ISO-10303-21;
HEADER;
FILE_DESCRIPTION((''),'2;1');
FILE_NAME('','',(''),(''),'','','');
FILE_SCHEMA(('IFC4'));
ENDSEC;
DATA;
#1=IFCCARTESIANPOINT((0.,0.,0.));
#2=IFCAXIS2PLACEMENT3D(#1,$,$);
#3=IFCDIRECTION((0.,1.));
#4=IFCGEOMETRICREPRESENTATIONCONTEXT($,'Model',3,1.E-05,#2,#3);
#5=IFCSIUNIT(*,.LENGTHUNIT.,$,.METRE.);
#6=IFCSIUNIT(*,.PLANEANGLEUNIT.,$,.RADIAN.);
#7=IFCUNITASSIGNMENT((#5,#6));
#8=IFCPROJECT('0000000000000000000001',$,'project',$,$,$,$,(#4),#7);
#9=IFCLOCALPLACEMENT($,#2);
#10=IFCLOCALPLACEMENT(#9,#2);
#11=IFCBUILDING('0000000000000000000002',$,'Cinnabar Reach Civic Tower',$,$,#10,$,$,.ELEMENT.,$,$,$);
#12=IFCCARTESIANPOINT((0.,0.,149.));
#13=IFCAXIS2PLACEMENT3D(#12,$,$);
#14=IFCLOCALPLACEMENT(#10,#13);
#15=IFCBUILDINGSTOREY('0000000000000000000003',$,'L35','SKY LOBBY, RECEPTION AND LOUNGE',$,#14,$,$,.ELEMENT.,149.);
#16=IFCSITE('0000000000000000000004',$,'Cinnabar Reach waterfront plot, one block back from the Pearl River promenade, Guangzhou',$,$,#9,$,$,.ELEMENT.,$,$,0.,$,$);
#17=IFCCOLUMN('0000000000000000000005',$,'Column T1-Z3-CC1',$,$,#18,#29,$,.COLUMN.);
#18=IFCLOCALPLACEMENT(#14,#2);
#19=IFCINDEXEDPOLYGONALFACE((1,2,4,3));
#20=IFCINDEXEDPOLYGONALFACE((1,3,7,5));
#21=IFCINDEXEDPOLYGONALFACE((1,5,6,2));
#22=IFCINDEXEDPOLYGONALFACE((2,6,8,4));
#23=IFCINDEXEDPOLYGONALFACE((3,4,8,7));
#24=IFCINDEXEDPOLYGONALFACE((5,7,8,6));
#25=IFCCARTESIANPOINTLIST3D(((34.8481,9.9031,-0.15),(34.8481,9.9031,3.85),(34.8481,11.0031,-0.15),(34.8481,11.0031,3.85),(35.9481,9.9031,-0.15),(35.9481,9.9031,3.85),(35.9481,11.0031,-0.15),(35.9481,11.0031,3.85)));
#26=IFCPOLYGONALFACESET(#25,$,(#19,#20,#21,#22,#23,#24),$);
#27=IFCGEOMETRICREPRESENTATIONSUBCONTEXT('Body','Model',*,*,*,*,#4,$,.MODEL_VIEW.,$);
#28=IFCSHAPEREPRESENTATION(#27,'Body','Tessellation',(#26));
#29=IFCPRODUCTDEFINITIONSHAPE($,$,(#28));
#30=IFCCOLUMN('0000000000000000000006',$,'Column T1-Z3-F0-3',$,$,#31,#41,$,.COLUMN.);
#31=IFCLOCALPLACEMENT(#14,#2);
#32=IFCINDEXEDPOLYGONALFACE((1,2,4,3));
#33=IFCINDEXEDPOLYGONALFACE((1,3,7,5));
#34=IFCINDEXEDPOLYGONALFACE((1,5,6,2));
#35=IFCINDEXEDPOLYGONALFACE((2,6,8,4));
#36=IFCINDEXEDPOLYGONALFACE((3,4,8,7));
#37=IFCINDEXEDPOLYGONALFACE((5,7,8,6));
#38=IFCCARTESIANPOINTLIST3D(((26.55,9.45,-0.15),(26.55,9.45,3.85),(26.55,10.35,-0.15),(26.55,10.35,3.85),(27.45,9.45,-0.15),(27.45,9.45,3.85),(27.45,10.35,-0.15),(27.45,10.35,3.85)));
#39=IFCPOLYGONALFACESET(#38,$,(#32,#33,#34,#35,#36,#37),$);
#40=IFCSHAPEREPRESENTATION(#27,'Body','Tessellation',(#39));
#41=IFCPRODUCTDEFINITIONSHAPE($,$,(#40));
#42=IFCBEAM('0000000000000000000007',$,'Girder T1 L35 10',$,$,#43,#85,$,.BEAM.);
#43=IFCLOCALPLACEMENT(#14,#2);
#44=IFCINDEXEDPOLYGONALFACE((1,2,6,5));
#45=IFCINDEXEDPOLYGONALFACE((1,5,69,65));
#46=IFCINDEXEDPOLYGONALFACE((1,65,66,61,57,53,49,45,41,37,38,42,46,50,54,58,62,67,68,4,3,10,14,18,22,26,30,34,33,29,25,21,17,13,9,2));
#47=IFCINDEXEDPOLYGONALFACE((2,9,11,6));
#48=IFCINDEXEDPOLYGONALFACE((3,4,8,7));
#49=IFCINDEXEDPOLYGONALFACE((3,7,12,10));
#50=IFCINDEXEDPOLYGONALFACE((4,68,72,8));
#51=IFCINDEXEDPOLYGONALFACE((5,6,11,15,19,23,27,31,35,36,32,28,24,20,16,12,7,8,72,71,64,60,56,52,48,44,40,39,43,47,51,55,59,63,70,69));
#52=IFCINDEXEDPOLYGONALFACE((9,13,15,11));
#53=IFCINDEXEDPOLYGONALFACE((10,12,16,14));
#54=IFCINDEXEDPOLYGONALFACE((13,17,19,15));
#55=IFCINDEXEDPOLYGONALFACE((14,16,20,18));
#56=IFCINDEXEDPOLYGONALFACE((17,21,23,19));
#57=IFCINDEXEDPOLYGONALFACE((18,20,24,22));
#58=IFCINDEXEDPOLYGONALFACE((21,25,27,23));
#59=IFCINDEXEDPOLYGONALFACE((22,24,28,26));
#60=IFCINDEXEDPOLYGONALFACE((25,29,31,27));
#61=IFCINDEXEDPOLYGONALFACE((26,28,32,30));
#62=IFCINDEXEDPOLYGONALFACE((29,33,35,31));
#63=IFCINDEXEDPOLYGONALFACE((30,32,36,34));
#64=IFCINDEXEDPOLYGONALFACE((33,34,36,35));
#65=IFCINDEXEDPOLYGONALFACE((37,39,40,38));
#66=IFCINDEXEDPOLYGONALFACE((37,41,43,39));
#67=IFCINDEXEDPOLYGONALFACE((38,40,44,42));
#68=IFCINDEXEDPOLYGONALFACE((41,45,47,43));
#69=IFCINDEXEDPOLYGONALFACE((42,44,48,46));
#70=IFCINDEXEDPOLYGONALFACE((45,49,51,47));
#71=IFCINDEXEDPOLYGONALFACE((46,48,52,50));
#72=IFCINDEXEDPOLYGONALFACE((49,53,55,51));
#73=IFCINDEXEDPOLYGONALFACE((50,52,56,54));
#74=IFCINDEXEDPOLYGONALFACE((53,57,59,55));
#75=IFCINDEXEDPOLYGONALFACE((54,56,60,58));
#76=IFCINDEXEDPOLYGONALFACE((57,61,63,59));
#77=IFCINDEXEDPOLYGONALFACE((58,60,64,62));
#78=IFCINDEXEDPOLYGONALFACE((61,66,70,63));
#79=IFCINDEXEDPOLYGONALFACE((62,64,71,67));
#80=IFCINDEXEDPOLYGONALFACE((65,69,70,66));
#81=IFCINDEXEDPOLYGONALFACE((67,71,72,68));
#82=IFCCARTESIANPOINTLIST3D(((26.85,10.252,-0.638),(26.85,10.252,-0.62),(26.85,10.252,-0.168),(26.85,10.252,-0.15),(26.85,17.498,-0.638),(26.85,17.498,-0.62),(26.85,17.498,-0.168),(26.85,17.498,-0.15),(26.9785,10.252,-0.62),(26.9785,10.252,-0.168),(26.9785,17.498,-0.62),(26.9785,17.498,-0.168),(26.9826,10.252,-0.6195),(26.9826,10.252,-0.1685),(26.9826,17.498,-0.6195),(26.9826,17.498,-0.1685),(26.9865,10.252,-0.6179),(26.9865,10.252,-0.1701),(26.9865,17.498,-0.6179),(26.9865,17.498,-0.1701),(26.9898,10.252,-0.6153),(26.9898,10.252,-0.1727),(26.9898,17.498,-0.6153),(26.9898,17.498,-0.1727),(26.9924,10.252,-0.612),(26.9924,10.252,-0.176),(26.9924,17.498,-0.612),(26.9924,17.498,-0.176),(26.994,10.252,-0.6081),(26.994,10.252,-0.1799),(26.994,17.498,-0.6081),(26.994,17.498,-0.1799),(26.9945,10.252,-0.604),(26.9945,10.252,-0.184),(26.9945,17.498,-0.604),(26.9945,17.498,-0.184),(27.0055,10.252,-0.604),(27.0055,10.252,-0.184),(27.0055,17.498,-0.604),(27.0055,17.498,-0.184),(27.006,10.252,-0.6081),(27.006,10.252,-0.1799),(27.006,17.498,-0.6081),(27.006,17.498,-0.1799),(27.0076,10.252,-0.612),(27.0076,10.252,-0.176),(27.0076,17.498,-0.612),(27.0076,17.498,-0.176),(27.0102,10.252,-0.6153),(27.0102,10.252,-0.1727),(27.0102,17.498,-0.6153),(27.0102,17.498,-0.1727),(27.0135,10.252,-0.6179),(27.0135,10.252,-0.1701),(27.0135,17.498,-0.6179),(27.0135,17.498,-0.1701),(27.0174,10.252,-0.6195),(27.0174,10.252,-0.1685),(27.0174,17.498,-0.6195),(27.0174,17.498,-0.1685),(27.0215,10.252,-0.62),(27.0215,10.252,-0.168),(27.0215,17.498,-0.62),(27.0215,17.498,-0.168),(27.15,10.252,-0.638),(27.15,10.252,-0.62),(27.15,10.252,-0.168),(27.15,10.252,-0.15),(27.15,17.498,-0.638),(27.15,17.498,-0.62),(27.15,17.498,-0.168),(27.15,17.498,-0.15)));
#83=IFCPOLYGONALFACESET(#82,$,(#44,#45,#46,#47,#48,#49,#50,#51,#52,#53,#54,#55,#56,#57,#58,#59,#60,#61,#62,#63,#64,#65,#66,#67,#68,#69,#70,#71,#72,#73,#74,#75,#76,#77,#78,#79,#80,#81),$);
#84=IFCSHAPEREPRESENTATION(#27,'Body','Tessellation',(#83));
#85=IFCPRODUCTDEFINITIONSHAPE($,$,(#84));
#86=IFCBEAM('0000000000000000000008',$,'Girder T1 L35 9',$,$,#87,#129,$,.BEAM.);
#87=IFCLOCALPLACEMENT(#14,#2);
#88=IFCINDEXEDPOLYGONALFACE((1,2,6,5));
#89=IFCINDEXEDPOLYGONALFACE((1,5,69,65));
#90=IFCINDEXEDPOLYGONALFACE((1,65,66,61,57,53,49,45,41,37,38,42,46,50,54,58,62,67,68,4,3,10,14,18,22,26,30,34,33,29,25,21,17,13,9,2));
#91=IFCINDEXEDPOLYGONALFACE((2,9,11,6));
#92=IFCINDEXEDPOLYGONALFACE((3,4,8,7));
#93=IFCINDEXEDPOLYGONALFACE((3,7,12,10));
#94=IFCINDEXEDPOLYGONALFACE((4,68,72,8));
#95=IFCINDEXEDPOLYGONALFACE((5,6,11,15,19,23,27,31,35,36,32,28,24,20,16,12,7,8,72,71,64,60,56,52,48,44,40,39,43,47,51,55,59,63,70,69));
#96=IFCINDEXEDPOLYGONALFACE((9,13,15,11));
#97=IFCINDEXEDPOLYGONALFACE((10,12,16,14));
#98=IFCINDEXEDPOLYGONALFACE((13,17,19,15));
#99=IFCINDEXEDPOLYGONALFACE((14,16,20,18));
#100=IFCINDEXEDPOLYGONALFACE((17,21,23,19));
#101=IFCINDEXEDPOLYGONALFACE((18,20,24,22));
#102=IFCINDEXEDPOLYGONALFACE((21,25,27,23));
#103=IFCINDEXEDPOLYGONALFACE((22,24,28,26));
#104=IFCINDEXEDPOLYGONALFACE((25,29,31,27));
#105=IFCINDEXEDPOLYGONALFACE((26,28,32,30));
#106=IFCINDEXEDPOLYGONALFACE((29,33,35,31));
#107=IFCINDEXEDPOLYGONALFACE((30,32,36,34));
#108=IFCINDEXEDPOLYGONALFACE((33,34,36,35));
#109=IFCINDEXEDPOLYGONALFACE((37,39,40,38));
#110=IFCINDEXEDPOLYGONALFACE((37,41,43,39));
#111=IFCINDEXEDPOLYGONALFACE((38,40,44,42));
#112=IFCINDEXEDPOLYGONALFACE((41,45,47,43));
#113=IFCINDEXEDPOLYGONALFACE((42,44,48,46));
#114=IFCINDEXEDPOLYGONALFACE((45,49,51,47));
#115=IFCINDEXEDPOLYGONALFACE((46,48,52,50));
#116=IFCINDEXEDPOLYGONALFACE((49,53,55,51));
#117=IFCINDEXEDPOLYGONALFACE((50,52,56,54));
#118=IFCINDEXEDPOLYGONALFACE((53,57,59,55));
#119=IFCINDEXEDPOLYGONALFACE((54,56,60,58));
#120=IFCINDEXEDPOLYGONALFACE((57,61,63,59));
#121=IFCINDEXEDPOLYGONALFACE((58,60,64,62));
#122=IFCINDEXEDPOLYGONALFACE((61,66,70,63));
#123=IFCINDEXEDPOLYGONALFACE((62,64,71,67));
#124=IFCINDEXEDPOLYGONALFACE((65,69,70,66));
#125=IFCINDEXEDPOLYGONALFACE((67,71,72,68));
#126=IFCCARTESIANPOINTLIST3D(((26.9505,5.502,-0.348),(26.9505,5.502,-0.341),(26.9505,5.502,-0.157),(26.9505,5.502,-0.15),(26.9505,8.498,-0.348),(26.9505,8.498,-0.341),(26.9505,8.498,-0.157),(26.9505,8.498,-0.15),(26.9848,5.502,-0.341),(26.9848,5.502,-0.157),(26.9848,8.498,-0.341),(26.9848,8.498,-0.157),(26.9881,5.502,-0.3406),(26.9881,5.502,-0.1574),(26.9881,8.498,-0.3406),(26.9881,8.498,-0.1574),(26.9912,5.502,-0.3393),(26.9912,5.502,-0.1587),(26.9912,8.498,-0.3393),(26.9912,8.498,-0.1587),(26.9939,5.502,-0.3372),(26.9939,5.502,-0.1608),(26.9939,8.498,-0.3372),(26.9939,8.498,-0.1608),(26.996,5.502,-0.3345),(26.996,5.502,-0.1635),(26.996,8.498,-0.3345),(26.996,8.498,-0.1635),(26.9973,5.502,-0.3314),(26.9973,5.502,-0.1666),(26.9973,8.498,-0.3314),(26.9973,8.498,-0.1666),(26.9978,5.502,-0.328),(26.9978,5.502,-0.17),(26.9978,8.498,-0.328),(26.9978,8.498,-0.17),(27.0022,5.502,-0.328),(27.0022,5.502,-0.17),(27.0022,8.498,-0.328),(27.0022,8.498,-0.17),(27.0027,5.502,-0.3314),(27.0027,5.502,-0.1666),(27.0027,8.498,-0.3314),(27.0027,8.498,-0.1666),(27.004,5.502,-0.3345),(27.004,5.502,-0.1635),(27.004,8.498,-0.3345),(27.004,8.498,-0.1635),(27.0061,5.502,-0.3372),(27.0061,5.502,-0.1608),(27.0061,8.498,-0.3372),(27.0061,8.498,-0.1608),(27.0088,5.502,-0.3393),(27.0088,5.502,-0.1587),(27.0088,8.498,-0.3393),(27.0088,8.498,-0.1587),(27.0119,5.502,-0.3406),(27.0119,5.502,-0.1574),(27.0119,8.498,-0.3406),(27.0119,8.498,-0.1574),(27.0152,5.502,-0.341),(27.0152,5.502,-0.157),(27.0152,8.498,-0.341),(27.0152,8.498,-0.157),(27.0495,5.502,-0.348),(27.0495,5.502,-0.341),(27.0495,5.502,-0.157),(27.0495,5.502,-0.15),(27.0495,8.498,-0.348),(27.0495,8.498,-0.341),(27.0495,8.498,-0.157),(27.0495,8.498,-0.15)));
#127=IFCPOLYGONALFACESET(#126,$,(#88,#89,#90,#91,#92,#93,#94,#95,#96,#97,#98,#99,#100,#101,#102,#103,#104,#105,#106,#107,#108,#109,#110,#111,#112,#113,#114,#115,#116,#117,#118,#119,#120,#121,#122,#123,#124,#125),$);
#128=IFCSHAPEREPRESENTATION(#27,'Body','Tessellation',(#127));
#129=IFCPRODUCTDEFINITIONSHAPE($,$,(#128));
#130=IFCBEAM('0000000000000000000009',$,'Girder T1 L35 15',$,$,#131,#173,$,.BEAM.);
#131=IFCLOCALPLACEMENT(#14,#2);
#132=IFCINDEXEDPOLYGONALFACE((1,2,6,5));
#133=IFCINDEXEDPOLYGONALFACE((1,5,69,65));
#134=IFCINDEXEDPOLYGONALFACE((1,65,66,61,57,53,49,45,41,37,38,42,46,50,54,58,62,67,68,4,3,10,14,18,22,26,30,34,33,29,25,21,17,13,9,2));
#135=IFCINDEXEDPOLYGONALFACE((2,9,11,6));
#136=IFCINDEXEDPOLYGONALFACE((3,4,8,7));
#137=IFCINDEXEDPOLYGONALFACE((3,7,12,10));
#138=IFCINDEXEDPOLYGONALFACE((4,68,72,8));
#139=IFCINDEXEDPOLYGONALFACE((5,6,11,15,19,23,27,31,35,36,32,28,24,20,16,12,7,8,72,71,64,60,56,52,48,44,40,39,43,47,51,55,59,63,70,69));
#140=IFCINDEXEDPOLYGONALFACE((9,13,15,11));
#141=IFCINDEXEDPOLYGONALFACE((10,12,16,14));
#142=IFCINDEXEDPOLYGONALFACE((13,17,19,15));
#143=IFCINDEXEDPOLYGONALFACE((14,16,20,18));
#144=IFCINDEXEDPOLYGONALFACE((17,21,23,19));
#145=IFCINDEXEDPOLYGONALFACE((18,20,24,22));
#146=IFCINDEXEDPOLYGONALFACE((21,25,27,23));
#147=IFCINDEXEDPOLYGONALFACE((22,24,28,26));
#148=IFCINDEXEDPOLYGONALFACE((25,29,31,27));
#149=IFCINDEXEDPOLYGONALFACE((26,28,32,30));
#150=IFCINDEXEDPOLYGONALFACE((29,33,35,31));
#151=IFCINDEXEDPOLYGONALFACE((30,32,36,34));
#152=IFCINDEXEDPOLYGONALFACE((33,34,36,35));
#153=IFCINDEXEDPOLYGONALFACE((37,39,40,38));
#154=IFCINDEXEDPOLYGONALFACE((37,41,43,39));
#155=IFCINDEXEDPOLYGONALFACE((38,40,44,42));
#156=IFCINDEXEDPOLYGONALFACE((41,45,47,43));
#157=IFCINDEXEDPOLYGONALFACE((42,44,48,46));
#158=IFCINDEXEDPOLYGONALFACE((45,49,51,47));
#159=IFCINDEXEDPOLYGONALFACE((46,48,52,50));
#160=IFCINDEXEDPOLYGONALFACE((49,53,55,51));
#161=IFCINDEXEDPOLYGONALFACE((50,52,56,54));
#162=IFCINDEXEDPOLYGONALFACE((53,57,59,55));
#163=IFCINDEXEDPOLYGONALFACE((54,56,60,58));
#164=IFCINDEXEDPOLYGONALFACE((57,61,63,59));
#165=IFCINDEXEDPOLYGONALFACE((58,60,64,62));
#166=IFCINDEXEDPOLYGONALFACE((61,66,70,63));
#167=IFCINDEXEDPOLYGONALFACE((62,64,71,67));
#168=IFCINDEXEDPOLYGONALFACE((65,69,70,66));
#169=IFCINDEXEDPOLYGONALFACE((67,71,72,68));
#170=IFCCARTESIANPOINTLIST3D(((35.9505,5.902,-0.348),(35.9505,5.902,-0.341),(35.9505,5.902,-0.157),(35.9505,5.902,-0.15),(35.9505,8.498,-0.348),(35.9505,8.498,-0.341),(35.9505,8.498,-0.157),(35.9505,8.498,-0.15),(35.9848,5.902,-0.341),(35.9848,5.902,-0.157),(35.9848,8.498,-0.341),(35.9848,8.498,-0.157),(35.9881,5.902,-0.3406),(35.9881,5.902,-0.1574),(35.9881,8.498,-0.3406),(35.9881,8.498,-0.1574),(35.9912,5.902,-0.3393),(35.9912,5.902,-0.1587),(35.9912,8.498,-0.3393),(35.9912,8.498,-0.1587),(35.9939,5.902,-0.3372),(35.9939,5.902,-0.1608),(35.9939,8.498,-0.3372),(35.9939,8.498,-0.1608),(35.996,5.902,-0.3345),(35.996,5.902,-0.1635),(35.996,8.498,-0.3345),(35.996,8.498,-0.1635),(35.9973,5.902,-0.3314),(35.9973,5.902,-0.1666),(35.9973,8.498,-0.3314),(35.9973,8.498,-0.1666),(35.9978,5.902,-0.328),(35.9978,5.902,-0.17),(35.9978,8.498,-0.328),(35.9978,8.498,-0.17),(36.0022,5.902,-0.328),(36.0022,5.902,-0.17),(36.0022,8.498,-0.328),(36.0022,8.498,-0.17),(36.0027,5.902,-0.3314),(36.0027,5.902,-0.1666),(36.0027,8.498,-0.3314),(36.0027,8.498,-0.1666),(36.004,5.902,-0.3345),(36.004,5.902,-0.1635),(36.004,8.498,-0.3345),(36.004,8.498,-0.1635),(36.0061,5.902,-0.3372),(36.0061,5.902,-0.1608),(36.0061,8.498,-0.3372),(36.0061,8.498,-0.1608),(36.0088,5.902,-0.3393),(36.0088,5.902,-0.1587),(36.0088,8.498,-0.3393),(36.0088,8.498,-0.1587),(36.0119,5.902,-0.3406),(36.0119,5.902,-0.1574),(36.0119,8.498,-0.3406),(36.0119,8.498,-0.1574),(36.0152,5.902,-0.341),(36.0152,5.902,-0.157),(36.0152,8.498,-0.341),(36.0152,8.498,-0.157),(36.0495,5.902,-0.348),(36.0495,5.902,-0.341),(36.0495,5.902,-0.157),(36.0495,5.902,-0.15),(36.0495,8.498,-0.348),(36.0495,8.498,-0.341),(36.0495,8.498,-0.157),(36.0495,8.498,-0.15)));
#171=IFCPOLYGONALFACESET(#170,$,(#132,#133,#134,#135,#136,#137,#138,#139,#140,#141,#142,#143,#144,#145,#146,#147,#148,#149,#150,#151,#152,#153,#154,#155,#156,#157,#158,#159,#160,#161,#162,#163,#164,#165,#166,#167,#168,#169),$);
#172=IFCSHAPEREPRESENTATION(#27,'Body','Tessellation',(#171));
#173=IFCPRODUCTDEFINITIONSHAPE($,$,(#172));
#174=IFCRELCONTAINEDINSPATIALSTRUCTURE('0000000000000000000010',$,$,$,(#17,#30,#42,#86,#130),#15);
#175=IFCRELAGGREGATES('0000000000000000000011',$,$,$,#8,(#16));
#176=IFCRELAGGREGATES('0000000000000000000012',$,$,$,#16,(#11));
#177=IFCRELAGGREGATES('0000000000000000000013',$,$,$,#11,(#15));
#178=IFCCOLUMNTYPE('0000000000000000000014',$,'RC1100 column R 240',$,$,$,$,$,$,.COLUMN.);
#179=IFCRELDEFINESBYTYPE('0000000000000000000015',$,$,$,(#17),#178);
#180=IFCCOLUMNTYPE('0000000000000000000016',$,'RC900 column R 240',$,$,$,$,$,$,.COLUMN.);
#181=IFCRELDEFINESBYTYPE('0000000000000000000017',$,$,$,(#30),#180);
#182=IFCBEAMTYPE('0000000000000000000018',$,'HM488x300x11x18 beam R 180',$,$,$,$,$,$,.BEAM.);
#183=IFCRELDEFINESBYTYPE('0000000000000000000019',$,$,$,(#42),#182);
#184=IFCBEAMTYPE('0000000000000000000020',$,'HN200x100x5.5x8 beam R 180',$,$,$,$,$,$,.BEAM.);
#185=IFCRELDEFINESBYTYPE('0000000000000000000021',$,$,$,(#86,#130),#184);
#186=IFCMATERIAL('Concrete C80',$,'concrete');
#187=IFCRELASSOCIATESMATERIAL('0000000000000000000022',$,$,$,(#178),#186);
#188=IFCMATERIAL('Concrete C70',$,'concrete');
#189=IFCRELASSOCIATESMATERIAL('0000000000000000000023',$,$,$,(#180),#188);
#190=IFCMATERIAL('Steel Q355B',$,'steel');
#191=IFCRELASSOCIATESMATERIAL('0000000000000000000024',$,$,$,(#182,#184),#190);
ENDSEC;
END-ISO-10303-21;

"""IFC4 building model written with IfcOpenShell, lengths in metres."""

from ifc_helpers import new_model, si_unit, direction, frame, origin, origin_2d, place, context, subcontext, project, spatial, rectangle, i_section, extrude, material, material_profile, profile_set, type_object, element, save


model = new_model("IFC4")

# Units and contexts
model_context = context("Model", 3, precision=1e-05, world=origin(), true_north=direction((0.0, 1.0)))
body_context = subcontext(model_context, "Body", "Model", "MODEL_VIEW")
ifc_project = project(units=[si_unit("LENGTHUNIT", "METRE"), si_unit("PLANEANGLEUNIT", "RADIAN")], contexts=[model_context])

# Site, building, storey
site_placement = place(None, origin())
site = spatial("IfcSite", under=ifc_project, at=site_placement, Name="Cinnabar Reach waterfront plot, one block back from the Pearl River promenade, Guangzhou", CompositionType="ELEMENT", RefElevation=0.0)
building_placement = place(site_placement, origin())
building = spatial("IfcBuilding", under=site, at=building_placement, Name="Cinnabar Reach Civic Tower", CompositionType="ELEMENT")
storey_placement = place(building_placement, frame((0.0, 0.0, 149.0)))
storey = spatial("IfcBuildingStorey", under=building, at=storey_placement, Name="L35", Description="SKY LOBBY, RECEPTION AND LOUNGE", CompositionType="ELEMENT", Elevation=149.0)

# Columns
ifc_material_1 = material(Name="Concrete C80", Category="concrete")
ifc_material_profile_1 = material_profile(ifc_material_1, rectangle(XDim=1.1, YDim=1.1, at=origin_2d()), Name="RC1100")
ifc_profile_set_1 = profile_set([ifc_material_profile_1], Name="Concrete C80")
column_type_1 = type_object("IfcColumnType", Name="RC1100 column R 240", PredefinedType="COLUMN", material=ifc_profile_set_1)
column_1_placement = place(storey_placement, frame((35.3981, 10.4531, -0.15), z_axis=(0.0, 0.0, 1.0), x_axis=(1.0, 0.0, 0.0)))
element("IfcColumn", 1, at=column_1_placement, inside=storey, type_object=column_type_1, Name="Column T1-Z3-CC1", PredefinedType="COLUMN", context=body_context, shape_type="SweptSolid", body=[
    extrude(rectangle(XDim=1.1, YDim=1.1, at=origin_2d()), origin(), (0.0, 0.0, 1.0), 4.0),
])
ifc_material_2 = material(Name="Concrete C70", Category="concrete")
ifc_material_profile_2 = material_profile(ifc_material_2, rectangle(XDim=0.9, YDim=0.9, at=origin_2d()), Name="RC900")
ifc_profile_set_2 = profile_set([ifc_material_profile_2], Name="Concrete C70")
column_type_2 = type_object("IfcColumnType", Name="RC900 column R 240", PredefinedType="COLUMN", material=ifc_profile_set_2)
column_2_placement = place(storey_placement, frame((27.0, 9.9, -0.15), z_axis=(0.0, 0.0, 1.0), x_axis=(1.0, 0.0, 0.0)))
element("IfcColumn", 2, at=column_2_placement, inside=storey, type_object=column_type_2, Name="Column T1-Z3-F0-3", PredefinedType="COLUMN", context=body_context, shape_type="SweptSolid", body=[
    extrude(rectangle(XDim=0.9, YDim=0.9, at=origin_2d()), origin(), (0.0, 0.0, 1.0), 4.0),
])

# Beams
ifc_material_3 = material(Name="Steel Q355B", Category="steel")
ifc_material_profile_3 = material_profile(ifc_material_3, i_section(OverallWidth=0.3, OverallDepth=0.488, WebThickness=0.011, FlangeThickness=0.018, FilletRadius=0.016, at=origin_2d()), Name="HM488x300x11x18")
ifc_profile_set_3 = profile_set([ifc_material_profile_3], Name="Steel Q355B")
beam_type_1 = type_object("IfcBeamType", Name="HM488x300x11x18 beam R 180", PredefinedType="BEAM", material=ifc_profile_set_3)
beam_1_placement = place(storey_placement, frame((27.0, 10.252, -0.394), z_axis=(0.0, 1.0, 0.0), x_axis=(-1.0, 0.0, 0.0)))
element("IfcBeam", 3, at=beam_1_placement, inside=storey, type_object=beam_type_1, Name="Girder T1 L35 10", PredefinedType="BEAM", context=body_context, shape_type="SweptSolid", body=[
    extrude(i_section(OverallWidth=0.3, OverallDepth=0.488, WebThickness=0.011, FlangeThickness=0.018, FilletRadius=0.016, at=origin_2d()), origin(), (0.0, 0.0, 1.0), 7.246),
])
ifc_material_profile_4 = material_profile(ifc_material_3, i_section(OverallWidth=0.099, OverallDepth=0.198, WebThickness=0.0045, FlangeThickness=0.007, FilletRadius=0.013, at=origin_2d()), Name="HN200x100x5.5x8")
ifc_profile_set_4 = profile_set([ifc_material_profile_4], Name="Steel Q355B")
beam_type_2 = type_object("IfcBeamType", Name="HN200x100x5.5x8 beam R 180", PredefinedType="BEAM", material=ifc_profile_set_4)
beam_2_placement = place(storey_placement, frame((27.0, 5.502, -0.249), z_axis=(0.0, 1.0, 0.0), x_axis=(-1.0, 0.0, 0.0)))
element("IfcBeam", 4, at=beam_2_placement, inside=storey, type_object=beam_type_2, Name="Girder T1 L35 9", PredefinedType="BEAM", context=body_context, shape_type="SweptSolid", body=[
    extrude(i_section(OverallWidth=0.099, OverallDepth=0.198, WebThickness=0.0045, FlangeThickness=0.007, FilletRadius=0.013, at=origin_2d()), origin(), (0.0, 0.0, 1.0), 2.996),
])
beam_3_placement = place(storey_placement, frame((36.0, 5.902, -0.249), z_axis=(0.0, 1.0, 0.0), x_axis=(-1.0, 0.0, 0.0)))
element("IfcBeam", 5, at=beam_3_placement, inside=storey, type_object=beam_type_2, Name="Girder T1 L35 15", PredefinedType="BEAM", context=body_context, shape_type="SweptSolid", body=[
    extrude(i_section(OverallWidth=0.099, OverallDepth=0.198, WebThickness=0.0045, FlangeThickness=0.007, FilletRadius=0.013, at=origin_2d()), origin(), (0.0, 0.0, 1.0), 2.596),
])

save(model, "model.ifc")
